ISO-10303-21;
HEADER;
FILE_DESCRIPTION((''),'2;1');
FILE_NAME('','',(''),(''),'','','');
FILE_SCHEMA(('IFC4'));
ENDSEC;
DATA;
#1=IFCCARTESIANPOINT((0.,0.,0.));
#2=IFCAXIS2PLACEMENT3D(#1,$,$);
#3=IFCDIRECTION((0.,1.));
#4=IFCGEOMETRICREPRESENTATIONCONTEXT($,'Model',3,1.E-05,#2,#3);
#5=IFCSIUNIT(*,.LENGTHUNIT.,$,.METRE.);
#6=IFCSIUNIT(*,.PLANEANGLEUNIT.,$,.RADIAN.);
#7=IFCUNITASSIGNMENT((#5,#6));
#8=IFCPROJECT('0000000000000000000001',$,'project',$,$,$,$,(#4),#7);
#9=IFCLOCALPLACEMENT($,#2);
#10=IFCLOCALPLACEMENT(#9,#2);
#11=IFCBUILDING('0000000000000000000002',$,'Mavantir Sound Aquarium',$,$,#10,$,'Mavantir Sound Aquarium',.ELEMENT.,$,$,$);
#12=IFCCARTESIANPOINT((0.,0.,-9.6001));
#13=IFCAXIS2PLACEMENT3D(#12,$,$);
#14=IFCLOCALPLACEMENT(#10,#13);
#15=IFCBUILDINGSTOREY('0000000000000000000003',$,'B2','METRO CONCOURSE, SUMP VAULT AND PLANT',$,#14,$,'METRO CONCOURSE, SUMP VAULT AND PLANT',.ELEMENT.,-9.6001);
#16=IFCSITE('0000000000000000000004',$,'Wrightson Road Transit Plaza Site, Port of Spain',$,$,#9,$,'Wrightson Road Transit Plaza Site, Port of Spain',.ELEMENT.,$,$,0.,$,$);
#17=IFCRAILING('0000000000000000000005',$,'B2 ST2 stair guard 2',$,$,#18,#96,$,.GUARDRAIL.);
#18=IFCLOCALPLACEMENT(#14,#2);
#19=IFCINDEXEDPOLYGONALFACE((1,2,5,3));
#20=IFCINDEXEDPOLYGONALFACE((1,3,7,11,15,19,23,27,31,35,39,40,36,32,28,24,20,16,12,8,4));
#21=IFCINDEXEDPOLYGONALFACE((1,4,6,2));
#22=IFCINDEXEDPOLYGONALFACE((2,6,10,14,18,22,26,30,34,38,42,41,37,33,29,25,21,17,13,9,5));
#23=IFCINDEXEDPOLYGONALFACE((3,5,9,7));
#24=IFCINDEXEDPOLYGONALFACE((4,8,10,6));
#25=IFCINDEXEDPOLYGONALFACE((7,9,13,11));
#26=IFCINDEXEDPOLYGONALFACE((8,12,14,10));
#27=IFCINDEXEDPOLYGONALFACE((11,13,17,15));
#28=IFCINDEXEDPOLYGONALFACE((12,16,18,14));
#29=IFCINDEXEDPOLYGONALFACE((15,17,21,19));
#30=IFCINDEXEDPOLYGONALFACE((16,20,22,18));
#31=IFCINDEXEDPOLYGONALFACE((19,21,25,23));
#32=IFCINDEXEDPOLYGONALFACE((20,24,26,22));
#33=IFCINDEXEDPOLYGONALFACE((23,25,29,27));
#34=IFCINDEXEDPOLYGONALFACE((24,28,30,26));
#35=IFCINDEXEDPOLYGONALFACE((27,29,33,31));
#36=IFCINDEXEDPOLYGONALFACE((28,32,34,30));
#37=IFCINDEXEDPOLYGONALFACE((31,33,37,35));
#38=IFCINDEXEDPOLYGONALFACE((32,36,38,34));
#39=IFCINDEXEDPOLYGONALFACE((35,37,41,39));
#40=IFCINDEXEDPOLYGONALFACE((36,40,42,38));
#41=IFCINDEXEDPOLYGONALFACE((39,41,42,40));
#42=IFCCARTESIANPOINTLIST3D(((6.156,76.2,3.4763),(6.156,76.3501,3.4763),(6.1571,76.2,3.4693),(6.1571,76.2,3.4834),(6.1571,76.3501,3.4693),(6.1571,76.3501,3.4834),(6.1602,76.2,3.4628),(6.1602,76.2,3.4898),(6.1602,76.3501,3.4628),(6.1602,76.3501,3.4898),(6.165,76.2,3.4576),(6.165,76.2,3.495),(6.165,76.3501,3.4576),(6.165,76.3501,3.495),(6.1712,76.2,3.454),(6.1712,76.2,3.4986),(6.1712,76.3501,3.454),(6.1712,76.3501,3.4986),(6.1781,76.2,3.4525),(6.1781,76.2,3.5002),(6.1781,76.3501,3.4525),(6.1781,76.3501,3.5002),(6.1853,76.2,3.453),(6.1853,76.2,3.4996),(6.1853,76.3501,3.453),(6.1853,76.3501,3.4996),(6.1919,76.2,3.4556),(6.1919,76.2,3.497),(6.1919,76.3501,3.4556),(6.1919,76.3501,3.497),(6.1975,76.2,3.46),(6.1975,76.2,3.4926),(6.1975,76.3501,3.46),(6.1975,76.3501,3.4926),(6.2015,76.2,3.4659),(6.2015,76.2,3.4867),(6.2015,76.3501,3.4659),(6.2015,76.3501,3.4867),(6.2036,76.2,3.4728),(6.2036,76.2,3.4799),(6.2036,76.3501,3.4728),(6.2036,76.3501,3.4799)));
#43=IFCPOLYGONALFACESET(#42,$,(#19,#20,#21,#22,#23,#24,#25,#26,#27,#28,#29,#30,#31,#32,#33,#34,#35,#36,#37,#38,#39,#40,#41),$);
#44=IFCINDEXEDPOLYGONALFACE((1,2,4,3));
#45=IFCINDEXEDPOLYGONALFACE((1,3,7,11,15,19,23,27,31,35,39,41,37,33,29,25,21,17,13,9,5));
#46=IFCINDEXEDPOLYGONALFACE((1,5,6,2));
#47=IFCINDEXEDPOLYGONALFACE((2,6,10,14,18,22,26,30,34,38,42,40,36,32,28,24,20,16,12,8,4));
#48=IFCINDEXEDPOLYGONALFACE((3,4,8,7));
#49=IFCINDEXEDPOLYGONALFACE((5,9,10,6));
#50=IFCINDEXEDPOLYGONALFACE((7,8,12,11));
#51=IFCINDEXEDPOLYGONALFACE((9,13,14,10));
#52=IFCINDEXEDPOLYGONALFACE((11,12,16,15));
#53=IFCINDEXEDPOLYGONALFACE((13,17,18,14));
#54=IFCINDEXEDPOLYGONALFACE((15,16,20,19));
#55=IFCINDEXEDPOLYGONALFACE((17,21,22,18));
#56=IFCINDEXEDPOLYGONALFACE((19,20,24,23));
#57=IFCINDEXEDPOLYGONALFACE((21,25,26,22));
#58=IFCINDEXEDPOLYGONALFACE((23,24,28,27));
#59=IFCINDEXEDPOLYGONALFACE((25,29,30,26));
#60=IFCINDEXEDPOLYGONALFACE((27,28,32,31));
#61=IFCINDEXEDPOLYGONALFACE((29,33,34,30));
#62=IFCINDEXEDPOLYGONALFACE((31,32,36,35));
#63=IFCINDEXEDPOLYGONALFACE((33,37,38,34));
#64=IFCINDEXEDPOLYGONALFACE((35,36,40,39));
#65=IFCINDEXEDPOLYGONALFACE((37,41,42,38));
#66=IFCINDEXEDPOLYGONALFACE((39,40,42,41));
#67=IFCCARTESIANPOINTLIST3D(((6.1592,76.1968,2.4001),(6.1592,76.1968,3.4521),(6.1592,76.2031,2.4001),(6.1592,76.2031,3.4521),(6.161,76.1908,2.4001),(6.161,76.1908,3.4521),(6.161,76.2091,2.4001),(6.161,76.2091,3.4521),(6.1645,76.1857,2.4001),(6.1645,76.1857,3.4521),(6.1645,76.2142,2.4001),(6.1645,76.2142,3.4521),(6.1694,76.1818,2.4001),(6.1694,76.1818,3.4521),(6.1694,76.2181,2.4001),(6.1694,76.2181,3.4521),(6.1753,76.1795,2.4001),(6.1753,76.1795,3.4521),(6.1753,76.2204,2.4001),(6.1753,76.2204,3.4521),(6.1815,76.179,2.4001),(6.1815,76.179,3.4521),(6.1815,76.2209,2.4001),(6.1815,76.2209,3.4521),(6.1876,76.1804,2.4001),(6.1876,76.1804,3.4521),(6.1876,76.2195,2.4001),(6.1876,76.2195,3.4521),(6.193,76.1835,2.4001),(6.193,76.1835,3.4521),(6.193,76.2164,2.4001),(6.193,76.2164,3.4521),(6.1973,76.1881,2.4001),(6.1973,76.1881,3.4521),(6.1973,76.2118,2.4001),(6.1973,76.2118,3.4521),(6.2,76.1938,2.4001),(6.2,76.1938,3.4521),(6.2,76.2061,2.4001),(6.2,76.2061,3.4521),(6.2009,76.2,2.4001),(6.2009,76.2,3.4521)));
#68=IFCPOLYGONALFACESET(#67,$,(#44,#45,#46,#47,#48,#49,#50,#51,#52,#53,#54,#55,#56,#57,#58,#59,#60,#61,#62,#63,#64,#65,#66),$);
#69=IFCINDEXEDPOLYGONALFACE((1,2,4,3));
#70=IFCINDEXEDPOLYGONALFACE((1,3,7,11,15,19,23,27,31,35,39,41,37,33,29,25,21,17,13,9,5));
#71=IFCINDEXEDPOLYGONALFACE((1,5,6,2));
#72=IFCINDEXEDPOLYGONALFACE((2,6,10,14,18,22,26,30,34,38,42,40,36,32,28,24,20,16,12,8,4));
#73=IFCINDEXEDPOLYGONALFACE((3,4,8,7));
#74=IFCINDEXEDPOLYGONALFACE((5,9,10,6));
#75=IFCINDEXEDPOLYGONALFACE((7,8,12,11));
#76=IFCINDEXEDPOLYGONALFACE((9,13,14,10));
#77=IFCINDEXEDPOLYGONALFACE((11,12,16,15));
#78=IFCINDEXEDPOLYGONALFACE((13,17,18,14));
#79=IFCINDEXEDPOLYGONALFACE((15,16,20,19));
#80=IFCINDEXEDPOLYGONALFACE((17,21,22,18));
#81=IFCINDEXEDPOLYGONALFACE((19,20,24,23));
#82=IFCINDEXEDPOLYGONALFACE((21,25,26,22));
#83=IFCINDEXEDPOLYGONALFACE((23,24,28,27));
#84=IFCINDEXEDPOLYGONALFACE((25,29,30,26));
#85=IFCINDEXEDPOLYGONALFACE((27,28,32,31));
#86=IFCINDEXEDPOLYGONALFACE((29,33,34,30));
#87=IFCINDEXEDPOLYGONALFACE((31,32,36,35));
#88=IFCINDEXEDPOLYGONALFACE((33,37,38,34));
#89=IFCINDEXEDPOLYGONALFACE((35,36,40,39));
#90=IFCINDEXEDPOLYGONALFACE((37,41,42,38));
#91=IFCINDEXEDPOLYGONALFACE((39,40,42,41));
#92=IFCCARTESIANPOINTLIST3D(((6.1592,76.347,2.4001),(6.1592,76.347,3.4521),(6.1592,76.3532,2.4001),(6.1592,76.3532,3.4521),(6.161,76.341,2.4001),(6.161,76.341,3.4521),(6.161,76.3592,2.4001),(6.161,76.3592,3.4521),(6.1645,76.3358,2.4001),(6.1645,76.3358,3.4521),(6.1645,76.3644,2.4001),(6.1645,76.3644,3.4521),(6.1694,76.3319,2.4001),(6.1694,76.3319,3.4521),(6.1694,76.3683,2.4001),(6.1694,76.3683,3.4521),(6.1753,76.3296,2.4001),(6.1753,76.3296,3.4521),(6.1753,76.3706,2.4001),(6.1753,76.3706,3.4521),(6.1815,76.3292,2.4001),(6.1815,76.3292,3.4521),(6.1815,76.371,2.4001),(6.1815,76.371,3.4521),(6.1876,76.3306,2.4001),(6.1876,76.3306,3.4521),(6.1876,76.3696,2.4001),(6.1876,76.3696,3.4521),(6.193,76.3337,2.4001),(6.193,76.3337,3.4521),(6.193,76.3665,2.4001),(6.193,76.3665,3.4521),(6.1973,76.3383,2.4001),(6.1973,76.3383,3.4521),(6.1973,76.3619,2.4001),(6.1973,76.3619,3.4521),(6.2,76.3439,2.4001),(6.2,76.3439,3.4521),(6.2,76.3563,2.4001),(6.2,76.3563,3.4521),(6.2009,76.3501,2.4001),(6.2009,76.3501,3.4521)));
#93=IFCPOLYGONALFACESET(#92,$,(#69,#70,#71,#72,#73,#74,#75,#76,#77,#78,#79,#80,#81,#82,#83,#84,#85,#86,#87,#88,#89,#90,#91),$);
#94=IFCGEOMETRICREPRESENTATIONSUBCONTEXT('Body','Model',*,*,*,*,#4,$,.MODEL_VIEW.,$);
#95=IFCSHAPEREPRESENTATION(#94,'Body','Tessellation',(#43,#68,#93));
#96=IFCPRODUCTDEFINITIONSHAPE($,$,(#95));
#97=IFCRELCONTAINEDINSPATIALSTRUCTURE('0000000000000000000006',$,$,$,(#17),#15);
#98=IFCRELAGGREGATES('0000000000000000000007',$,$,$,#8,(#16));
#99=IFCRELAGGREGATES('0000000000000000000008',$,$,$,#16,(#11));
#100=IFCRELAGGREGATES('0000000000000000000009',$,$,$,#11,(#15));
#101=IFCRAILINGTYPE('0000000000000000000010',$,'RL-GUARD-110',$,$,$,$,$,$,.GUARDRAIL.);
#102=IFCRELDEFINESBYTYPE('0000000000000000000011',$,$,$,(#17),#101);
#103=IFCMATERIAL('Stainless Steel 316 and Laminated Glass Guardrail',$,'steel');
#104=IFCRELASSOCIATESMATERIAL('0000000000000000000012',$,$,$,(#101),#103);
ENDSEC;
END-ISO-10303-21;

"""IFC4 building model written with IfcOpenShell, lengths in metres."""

from ifc_helpers import new_model, si_unit, direction, frame, origin, origin_2d, place, context, subcontext, project, spatial, circle, extrude, material, type_object, element, save


model = new_model("IFC4")

# Units and contexts
model_context = context("Model", 3, precision=1e-05, world=origin(), true_north=direction((0.0, 1.0)))
body_context = subcontext(model_context, "Body", "Model", "MODEL_VIEW")
ifc_project = project(units=[si_unit("LENGTHUNIT", "METRE"), si_unit("PLANEANGLEUNIT", "RADIAN")], contexts=[model_context])

# Site, building, storey
site_placement = place(None, origin())
site = spatial("IfcSite", under=ifc_project, at=site_placement, Name="Wrightson Road Transit Plaza Site, Port of Spain", LongName="Wrightson Road Transit Plaza Site, Port of Spain", CompositionType="ELEMENT", RefElevation=0.0)
building_placement = place(site_placement, origin())
building = spatial("IfcBuilding", under=site, at=building_placement, Name="Mavantir Sound Aquarium", LongName="Mavantir Sound Aquarium", CompositionType="ELEMENT")
storey_placement = place(building_placement, frame((0.0, 0.0, -9.6001)))
storey = spatial("IfcBuildingStorey", under=building, at=storey_placement, Name="B2", Description="METRO CONCOURSE, SUMP VAULT AND PLANT", LongName="METRO CONCOURSE, SUMP VAULT AND PLANT", CompositionType="ELEMENT", Elevation=-9.6001)

# Railing
ifc_material_1 = material(Name="Stainless Steel 316 and Laminated Glass Guardrail", Category="steel")
railing_type_1 = type_object("IfcRailingType", Name="RL-GUARD-110", PredefinedType="GUARDRAIL", material=ifc_material_1)
railing_1_placement = place(storey_placement, frame((6.1799, 76.2, 2.4001)))
element("IfcRailing", 1, at=railing_1_placement, inside=storey, type_object=railing_type_1, Name="B2 ST2 stair guard 2", PredefinedType="GUARDRAIL", context=body_context, shape_type="SweptSolid", body=[
    extrude(circle(Radius=0.0239, at=origin_2d()), frame((0.0, 0.0, 1.0762), z_axis=(0.0, 1.0, 0.0), x_axis=(-1.0, 0.0, 0.0)), (0.0, 0.0, 1.0), 0.1501),
    extrude(circle(Radius=0.021, at=origin_2d()), origin(), (0.0, 0.0, 1.0), 1.052),
    extrude(circle(Radius=0.021, at=origin_2d()), frame((0.0, 0.1501, 0.0)), (0.0, 0.0, 1.0), 1.052),
])

save(model, "model.ifc")
